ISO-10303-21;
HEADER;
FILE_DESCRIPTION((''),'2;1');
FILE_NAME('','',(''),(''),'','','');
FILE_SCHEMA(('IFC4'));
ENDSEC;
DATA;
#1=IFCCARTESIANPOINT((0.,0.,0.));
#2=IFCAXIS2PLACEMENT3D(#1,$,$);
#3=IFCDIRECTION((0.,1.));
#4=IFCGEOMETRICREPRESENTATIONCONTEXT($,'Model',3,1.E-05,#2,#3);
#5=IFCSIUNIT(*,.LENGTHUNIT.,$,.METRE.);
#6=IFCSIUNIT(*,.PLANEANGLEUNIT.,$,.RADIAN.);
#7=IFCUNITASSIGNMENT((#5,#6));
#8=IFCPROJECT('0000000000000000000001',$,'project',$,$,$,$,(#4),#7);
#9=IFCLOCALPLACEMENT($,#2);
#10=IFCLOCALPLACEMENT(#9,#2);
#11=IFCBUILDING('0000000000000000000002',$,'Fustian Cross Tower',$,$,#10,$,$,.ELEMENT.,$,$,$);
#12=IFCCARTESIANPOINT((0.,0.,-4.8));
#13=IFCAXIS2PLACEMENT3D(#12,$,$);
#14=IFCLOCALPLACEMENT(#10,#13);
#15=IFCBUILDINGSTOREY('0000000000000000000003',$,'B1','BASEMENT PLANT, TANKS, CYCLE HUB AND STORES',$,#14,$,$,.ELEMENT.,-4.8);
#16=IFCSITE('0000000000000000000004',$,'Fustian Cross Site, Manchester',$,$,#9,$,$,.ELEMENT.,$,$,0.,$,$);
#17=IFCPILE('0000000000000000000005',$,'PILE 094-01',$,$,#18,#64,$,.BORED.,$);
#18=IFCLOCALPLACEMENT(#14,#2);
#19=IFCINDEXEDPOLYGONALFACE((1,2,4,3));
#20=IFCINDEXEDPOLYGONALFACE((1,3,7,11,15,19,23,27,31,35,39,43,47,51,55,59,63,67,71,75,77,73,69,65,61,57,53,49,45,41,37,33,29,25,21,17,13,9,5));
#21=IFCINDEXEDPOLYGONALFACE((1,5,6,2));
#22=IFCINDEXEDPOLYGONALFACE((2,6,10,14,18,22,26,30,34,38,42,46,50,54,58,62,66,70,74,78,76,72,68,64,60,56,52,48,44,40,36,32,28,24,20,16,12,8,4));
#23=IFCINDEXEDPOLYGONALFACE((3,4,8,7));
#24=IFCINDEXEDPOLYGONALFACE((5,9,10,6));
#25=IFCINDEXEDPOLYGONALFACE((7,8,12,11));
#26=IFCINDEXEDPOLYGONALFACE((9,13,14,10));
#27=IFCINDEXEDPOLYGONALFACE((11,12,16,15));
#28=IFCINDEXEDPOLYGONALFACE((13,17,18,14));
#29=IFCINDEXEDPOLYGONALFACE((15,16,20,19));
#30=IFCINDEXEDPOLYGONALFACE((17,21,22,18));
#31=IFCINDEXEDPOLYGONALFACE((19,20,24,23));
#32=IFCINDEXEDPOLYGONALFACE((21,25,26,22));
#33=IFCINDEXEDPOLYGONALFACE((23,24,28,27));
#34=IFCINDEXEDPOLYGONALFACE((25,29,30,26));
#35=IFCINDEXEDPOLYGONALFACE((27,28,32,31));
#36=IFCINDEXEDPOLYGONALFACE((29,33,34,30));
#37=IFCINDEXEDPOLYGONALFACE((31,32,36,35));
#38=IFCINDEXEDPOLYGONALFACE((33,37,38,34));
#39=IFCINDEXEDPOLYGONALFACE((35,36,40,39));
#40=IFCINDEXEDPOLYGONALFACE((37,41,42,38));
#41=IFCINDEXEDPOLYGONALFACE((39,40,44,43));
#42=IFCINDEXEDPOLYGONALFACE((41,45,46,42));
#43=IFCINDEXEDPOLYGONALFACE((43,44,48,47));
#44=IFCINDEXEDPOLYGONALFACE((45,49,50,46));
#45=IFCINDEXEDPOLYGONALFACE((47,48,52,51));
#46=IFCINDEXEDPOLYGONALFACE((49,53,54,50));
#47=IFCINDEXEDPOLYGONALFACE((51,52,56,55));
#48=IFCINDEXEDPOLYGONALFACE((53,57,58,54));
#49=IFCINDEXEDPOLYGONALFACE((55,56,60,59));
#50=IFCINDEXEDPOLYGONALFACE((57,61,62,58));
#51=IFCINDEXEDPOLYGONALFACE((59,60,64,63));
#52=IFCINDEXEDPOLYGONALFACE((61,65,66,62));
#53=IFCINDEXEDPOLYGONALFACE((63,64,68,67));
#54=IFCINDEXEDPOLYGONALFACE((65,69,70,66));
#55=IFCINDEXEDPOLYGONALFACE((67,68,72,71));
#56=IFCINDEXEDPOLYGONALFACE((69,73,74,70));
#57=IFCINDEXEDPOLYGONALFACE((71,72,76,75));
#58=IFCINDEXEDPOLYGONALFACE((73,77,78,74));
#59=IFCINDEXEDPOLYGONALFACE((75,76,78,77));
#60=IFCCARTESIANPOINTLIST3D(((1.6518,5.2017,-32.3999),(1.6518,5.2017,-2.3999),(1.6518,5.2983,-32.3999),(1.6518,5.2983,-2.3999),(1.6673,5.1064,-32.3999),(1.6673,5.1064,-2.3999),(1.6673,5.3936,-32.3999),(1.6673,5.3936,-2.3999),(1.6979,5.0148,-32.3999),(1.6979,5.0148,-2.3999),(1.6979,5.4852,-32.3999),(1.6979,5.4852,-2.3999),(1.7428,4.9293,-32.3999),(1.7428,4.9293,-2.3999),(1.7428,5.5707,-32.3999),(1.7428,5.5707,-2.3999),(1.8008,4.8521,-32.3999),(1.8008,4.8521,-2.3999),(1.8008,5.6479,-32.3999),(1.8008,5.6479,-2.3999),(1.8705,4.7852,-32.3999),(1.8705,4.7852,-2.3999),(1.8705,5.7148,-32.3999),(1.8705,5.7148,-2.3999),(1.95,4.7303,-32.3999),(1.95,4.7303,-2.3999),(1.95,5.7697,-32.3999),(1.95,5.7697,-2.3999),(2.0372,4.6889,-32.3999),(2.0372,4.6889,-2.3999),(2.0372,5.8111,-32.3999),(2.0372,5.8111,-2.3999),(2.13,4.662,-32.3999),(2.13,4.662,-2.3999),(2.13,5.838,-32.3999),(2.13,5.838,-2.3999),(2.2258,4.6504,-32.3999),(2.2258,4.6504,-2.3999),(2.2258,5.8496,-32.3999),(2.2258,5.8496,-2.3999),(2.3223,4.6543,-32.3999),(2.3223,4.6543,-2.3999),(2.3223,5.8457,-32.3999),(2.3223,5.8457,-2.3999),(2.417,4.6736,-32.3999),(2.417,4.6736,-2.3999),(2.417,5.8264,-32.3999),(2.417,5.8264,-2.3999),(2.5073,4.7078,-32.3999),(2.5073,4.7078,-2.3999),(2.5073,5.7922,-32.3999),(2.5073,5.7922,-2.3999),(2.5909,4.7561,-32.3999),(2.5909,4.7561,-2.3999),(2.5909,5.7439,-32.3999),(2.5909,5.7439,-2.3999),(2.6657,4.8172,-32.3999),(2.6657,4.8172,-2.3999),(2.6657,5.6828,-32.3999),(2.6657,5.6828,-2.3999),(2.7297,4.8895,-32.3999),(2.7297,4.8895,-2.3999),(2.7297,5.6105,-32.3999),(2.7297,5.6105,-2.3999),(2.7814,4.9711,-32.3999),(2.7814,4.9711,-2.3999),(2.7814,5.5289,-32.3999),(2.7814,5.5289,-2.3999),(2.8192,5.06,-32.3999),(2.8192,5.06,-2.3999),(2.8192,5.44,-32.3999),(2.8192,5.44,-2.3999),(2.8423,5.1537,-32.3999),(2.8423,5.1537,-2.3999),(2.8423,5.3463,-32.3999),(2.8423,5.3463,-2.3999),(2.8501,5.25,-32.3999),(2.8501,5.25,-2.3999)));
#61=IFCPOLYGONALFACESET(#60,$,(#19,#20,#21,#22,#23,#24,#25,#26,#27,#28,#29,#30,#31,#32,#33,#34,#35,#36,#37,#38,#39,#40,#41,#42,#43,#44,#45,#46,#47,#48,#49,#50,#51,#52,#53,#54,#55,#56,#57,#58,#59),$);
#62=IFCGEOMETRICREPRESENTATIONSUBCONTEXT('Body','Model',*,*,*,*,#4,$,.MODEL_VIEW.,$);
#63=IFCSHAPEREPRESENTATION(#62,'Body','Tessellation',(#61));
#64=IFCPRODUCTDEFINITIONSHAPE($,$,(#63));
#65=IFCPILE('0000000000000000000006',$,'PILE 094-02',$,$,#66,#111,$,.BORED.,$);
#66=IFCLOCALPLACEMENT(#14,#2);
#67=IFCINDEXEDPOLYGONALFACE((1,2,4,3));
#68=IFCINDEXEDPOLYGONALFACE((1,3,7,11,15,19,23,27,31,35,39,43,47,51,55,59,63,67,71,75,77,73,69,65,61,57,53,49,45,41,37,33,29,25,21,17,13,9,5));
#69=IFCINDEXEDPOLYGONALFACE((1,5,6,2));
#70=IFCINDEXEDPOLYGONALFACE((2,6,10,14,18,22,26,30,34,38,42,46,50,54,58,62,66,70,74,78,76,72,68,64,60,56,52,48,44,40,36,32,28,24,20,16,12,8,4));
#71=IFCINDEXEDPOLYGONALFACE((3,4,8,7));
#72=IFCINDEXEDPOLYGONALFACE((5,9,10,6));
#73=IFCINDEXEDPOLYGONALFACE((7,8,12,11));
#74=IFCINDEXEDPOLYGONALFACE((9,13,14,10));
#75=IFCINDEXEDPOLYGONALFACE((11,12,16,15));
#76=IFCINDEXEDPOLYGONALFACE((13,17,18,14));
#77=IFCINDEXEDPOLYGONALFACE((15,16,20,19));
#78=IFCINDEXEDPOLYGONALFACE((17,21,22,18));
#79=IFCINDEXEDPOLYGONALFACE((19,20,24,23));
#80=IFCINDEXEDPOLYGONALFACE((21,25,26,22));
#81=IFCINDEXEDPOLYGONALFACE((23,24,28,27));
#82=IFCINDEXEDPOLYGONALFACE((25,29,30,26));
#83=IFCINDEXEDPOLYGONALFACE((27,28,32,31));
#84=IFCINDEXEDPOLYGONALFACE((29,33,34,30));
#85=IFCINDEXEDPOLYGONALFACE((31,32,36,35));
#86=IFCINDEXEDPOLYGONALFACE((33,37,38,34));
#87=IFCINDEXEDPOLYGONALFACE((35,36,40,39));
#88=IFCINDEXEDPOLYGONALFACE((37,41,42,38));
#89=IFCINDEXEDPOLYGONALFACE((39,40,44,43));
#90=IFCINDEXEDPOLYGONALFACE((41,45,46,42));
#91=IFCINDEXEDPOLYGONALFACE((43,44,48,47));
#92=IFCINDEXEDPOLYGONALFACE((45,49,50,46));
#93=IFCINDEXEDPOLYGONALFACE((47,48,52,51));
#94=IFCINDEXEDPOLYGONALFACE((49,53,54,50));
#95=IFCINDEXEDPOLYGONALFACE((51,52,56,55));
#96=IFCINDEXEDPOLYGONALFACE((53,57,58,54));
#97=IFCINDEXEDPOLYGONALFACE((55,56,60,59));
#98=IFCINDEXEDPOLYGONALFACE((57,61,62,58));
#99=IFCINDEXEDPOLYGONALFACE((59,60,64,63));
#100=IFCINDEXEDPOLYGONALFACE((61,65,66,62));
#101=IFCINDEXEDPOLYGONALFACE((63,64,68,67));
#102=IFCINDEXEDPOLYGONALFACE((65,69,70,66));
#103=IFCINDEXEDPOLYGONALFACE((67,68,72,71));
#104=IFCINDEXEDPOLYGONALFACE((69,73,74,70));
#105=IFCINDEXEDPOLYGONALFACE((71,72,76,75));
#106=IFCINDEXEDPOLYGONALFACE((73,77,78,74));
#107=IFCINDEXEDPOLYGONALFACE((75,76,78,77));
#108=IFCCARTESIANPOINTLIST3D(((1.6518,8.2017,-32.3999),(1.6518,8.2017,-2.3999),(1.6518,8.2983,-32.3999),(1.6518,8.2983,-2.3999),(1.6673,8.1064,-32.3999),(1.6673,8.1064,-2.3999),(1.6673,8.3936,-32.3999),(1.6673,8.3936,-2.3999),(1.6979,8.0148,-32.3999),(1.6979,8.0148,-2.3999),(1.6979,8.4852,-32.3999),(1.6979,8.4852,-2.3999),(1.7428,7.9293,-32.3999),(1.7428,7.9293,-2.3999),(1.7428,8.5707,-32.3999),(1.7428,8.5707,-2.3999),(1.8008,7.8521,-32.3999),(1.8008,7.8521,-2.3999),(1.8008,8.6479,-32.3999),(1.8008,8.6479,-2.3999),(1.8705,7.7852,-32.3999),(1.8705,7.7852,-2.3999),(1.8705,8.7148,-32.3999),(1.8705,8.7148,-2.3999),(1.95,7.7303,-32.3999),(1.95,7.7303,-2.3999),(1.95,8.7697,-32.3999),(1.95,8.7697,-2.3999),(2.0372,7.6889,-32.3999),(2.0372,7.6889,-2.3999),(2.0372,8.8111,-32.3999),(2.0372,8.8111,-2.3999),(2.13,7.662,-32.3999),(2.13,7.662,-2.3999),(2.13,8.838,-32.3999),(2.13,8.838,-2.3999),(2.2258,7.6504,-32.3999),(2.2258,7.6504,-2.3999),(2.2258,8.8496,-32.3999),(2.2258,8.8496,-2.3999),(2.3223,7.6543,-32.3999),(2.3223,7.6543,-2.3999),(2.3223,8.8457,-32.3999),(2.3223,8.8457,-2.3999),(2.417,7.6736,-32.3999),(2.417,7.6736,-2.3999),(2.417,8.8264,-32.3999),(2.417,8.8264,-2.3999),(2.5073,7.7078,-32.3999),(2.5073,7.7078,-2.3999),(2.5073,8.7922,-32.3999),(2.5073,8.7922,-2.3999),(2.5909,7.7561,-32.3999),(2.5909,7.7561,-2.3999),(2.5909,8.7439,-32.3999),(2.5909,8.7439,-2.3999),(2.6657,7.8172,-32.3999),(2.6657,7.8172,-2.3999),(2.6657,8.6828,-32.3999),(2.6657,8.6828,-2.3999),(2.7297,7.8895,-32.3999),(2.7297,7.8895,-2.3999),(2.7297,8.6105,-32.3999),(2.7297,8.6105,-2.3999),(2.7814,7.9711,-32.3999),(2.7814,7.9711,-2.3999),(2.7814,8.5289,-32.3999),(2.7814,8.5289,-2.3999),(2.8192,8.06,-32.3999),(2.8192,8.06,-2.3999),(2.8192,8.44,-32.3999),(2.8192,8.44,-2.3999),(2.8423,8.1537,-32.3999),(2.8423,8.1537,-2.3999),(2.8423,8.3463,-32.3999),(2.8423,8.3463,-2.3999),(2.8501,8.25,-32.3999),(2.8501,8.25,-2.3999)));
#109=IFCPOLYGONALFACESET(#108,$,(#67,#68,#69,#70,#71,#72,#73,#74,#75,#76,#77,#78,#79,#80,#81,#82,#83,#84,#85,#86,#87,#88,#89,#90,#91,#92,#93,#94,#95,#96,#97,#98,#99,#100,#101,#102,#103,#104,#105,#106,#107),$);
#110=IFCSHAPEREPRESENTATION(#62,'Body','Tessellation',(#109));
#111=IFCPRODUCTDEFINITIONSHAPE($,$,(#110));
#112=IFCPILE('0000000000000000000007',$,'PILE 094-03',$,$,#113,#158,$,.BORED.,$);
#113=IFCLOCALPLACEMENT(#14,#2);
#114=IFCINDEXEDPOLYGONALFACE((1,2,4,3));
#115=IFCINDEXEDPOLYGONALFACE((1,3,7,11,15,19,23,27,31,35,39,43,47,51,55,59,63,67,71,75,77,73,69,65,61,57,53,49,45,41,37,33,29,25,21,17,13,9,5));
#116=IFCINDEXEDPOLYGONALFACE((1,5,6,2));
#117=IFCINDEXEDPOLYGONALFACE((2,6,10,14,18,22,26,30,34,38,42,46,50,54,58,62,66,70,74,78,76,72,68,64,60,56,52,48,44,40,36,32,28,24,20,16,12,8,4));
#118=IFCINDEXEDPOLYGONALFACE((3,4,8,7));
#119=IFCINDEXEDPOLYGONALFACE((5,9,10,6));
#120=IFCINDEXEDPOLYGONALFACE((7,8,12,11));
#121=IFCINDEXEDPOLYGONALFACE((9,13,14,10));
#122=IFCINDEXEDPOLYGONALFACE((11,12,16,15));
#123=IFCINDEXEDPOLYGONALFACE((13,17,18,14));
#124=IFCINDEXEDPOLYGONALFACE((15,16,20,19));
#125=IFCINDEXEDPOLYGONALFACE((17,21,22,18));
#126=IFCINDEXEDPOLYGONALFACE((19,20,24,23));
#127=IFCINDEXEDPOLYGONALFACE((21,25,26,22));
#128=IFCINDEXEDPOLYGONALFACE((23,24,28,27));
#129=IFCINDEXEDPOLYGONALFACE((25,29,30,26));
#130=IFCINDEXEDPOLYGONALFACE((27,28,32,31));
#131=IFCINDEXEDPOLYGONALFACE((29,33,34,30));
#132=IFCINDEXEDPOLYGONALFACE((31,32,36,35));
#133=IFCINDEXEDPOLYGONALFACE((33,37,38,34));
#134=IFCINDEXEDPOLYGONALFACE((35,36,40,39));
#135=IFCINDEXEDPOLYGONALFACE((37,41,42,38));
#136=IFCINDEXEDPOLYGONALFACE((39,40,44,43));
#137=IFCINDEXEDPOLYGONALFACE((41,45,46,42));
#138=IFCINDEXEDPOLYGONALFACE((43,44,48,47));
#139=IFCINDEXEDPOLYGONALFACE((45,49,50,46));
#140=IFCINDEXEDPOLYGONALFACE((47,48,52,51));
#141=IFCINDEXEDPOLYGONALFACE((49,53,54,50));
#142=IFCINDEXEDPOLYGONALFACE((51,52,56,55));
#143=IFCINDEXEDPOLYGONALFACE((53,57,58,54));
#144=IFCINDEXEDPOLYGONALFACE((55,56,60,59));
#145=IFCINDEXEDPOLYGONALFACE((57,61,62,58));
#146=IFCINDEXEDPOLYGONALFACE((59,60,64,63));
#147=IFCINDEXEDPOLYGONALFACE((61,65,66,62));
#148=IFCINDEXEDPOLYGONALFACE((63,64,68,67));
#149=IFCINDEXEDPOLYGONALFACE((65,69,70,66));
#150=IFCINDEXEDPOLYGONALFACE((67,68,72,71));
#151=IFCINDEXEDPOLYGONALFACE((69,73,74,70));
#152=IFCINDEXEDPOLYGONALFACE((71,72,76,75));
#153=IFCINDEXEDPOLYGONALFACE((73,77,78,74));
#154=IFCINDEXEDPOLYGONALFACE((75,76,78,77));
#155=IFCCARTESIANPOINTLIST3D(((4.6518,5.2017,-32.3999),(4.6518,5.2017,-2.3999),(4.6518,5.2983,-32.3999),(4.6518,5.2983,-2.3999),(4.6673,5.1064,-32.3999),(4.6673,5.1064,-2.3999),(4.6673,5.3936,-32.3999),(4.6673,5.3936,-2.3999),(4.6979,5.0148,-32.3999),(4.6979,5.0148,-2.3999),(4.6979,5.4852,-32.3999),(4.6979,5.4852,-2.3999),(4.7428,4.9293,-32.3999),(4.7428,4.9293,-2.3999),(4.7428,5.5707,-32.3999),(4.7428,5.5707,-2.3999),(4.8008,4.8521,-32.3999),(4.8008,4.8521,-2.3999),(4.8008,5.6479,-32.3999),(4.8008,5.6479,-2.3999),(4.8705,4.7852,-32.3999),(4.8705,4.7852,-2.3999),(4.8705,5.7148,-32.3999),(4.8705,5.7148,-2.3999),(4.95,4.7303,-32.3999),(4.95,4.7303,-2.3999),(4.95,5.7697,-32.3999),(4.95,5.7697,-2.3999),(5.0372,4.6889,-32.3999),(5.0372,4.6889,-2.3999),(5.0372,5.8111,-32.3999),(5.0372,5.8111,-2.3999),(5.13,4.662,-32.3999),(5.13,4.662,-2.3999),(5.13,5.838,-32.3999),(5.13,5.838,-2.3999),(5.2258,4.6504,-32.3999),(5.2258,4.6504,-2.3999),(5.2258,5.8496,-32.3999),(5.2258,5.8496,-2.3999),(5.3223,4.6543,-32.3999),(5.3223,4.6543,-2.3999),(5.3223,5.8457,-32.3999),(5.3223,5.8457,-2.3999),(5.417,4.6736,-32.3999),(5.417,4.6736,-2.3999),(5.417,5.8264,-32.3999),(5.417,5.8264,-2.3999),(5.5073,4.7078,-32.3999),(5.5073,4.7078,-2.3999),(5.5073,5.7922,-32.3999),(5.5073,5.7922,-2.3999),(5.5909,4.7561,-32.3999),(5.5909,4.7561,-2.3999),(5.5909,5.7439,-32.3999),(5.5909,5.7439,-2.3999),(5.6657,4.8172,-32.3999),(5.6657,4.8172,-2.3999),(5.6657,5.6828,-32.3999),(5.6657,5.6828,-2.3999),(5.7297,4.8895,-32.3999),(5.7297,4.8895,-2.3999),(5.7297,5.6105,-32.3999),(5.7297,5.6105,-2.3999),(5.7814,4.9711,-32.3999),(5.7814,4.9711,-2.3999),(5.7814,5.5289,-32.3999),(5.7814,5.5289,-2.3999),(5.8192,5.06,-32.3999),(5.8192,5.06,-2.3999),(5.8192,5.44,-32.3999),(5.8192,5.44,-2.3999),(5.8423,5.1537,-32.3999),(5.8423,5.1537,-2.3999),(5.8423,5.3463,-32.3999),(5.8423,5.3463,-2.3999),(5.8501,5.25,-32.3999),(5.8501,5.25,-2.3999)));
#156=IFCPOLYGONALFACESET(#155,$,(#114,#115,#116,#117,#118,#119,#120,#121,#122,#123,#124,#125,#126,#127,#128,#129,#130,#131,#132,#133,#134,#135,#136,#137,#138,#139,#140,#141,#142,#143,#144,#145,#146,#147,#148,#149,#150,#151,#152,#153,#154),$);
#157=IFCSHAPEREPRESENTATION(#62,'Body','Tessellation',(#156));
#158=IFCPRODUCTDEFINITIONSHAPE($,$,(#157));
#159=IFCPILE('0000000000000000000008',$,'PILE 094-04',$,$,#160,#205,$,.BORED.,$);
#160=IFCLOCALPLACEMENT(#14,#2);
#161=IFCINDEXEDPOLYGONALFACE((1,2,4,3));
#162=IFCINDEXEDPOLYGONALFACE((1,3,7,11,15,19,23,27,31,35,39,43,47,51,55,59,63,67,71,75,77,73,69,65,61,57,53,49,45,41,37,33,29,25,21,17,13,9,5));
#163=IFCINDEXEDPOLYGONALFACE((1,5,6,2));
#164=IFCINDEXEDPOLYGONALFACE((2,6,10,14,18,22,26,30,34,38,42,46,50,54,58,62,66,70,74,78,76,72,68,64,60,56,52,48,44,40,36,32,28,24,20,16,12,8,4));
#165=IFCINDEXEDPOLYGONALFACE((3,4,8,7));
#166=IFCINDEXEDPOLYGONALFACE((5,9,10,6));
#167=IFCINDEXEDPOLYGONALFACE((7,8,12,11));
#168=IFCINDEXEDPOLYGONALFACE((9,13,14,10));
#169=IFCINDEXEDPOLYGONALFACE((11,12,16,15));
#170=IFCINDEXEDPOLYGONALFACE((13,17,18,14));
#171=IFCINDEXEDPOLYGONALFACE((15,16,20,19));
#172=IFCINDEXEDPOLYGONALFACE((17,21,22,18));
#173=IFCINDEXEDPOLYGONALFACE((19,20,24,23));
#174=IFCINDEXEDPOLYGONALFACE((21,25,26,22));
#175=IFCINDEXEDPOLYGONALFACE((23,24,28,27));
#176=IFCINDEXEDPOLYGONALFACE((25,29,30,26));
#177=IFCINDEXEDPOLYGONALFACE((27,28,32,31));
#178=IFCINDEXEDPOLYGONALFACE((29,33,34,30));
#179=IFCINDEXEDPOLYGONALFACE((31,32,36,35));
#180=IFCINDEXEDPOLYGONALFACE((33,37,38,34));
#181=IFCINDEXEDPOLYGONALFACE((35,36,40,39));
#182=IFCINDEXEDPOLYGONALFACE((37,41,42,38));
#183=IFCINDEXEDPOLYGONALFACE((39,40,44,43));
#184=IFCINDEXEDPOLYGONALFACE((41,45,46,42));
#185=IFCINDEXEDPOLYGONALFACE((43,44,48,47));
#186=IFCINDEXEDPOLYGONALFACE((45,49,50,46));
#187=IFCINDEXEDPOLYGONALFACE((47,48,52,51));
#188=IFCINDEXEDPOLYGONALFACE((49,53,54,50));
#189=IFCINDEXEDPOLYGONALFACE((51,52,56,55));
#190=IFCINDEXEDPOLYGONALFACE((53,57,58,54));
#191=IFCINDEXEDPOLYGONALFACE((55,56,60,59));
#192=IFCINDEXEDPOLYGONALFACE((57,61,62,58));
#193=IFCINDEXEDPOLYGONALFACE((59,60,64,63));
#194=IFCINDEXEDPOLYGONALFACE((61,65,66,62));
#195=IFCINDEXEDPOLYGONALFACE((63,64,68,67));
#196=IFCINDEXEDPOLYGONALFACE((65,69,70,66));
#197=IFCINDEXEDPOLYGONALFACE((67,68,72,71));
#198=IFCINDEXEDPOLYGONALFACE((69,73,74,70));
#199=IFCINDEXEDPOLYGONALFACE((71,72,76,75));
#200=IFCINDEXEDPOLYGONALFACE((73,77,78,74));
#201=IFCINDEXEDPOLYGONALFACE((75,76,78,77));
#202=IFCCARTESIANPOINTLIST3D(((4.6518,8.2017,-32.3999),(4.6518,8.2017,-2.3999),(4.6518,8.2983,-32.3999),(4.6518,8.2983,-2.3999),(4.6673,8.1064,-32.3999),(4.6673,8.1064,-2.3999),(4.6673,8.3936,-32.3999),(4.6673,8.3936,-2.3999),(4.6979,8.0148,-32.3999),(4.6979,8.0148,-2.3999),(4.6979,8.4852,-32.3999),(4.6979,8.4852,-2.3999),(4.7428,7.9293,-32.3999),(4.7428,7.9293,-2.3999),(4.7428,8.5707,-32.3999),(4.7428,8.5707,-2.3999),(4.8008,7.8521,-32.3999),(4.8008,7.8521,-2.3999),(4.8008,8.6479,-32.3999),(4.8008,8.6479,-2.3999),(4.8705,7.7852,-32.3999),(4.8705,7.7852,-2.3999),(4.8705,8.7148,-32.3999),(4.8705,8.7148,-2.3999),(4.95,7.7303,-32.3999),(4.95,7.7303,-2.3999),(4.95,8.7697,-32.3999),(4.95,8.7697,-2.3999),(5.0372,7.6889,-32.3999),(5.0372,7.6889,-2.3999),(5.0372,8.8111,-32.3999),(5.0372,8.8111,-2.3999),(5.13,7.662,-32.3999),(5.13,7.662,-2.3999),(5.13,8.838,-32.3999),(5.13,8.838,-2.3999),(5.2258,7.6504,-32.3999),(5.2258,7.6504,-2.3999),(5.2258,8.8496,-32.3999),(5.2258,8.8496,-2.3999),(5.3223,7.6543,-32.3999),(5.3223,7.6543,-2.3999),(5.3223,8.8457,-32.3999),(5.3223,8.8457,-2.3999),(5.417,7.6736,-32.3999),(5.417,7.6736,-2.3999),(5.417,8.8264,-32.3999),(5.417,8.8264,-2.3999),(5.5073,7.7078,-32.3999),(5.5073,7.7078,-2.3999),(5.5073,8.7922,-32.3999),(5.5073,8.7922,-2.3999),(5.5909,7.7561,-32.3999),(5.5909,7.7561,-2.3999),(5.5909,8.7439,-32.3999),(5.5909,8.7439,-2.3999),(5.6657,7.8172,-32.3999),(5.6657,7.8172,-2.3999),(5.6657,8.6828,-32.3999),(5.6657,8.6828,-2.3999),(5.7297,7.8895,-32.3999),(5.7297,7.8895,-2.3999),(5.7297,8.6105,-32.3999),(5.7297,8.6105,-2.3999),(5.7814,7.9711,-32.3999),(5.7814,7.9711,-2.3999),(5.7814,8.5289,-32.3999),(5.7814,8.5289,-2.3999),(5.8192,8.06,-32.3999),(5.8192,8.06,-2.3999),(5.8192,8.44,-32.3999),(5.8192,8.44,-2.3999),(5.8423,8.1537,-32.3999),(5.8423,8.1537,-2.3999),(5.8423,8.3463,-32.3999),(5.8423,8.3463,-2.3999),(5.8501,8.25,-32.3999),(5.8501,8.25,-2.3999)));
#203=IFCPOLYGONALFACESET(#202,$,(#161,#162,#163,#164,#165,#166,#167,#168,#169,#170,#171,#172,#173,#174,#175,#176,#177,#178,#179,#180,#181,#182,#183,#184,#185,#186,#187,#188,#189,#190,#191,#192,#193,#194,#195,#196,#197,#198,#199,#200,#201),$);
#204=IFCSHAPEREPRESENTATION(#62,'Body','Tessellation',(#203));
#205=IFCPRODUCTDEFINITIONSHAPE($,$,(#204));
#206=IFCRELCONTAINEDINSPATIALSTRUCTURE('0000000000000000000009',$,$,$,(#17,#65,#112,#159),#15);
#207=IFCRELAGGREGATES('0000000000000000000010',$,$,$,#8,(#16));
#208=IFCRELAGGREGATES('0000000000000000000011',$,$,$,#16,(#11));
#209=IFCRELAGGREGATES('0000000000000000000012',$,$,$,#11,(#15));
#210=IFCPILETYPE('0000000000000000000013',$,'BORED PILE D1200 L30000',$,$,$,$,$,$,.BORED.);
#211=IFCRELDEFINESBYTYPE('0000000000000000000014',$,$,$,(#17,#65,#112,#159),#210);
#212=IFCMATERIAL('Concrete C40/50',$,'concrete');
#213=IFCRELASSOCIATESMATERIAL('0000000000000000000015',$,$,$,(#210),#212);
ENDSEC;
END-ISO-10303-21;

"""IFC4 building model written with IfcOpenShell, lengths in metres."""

from ifc_helpers import new_model, si_unit, direction, frame, origin, origin_2d, place, context, subcontext, project, spatial, circle, extrude, material, material_profile, profile_set, type_object, element, save


model = new_model("IFC4")

# Units and contexts
model_context = context("Model", 3, precision=1e-05, world=origin(), true_north=direction((0.0, 1.0)))
body_context = subcontext(model_context, "Body", "Model", "MODEL_VIEW")
ifc_project = project(units=[si_unit("LENGTHUNIT", "METRE"), si_unit("PLANEANGLEUNIT", "RADIAN")], contexts=[model_context])

# Site, building, storey
site_placement = place(None, origin())
site = spatial("IfcSite", under=ifc_project, at=site_placement, Name="Fustian Cross Site, Manchester", CompositionType="ELEMENT", RefElevation=0.0)
building_placement = place(site_placement, origin())
building = spatial("IfcBuilding", under=site, at=building_placement, Name="Fustian Cross Tower", CompositionType="ELEMENT")
storey_placement = place(building_placement, frame((0.0, 0.0, -4.8)))
storey = spatial("IfcBuildingStorey", under=building, at=storey_placement, Name="B1", Description="BASEMENT PLANT, TANKS, CYCLE HUB AND STORES", CompositionType="ELEMENT", Elevation=-4.8)

# Piles
ifc_material_1 = material(Name="Concrete C40/50", Category="concrete")
ifc_material_profile_1 = material_profile(ifc_material_1, circle(Radius=0.6001, at=origin_2d()), Name="BORED PILE D1200 L30000")
ifc_profile_set_1 = profile_set([ifc_material_profile_1], Name="Concrete C40/50")
pile_type = type_object("IfcPileType", Name="BORED PILE D1200 L30000", PredefinedType="BORED", material=ifc_profile_set_1)
for number, where, z_axis, x_axis, name in (
    (1, (2.25, 5.25, -2.3999), (0.0, 0.0, -1.0), (1.0, 0.0, 0.0), "PILE 094-01"),
    (2, (2.25, 8.25, -2.3999), (0.0, 0.0, -1.0), (1.0, 0.0, 0.0), "PILE 094-02"),
    (3, (5.25, 5.25, -2.3999), (0.0, 0.0, -1.0), (1.0, 0.0, 0.0), "PILE 094-03"),
    (4, (5.25, 8.25, -2.3999), (0.0, 0.0, -1.0), (1.0, 0.0, 0.0), "PILE 094-04"),
):
    element("IfcPile", number, at=place(storey_placement, frame(where, z_axis=z_axis, x_axis=x_axis)), inside=storey, type_object=pile_type, Name=name, PredefinedType="BORED", context=body_context, shape_type="SweptSolid", body=[
        extrude(circle(Radius=0.6001, at=origin_2d()), origin(), (0.0, 0.0, 1.0), 30.0),
    ])

save(model, "model.ifc")
